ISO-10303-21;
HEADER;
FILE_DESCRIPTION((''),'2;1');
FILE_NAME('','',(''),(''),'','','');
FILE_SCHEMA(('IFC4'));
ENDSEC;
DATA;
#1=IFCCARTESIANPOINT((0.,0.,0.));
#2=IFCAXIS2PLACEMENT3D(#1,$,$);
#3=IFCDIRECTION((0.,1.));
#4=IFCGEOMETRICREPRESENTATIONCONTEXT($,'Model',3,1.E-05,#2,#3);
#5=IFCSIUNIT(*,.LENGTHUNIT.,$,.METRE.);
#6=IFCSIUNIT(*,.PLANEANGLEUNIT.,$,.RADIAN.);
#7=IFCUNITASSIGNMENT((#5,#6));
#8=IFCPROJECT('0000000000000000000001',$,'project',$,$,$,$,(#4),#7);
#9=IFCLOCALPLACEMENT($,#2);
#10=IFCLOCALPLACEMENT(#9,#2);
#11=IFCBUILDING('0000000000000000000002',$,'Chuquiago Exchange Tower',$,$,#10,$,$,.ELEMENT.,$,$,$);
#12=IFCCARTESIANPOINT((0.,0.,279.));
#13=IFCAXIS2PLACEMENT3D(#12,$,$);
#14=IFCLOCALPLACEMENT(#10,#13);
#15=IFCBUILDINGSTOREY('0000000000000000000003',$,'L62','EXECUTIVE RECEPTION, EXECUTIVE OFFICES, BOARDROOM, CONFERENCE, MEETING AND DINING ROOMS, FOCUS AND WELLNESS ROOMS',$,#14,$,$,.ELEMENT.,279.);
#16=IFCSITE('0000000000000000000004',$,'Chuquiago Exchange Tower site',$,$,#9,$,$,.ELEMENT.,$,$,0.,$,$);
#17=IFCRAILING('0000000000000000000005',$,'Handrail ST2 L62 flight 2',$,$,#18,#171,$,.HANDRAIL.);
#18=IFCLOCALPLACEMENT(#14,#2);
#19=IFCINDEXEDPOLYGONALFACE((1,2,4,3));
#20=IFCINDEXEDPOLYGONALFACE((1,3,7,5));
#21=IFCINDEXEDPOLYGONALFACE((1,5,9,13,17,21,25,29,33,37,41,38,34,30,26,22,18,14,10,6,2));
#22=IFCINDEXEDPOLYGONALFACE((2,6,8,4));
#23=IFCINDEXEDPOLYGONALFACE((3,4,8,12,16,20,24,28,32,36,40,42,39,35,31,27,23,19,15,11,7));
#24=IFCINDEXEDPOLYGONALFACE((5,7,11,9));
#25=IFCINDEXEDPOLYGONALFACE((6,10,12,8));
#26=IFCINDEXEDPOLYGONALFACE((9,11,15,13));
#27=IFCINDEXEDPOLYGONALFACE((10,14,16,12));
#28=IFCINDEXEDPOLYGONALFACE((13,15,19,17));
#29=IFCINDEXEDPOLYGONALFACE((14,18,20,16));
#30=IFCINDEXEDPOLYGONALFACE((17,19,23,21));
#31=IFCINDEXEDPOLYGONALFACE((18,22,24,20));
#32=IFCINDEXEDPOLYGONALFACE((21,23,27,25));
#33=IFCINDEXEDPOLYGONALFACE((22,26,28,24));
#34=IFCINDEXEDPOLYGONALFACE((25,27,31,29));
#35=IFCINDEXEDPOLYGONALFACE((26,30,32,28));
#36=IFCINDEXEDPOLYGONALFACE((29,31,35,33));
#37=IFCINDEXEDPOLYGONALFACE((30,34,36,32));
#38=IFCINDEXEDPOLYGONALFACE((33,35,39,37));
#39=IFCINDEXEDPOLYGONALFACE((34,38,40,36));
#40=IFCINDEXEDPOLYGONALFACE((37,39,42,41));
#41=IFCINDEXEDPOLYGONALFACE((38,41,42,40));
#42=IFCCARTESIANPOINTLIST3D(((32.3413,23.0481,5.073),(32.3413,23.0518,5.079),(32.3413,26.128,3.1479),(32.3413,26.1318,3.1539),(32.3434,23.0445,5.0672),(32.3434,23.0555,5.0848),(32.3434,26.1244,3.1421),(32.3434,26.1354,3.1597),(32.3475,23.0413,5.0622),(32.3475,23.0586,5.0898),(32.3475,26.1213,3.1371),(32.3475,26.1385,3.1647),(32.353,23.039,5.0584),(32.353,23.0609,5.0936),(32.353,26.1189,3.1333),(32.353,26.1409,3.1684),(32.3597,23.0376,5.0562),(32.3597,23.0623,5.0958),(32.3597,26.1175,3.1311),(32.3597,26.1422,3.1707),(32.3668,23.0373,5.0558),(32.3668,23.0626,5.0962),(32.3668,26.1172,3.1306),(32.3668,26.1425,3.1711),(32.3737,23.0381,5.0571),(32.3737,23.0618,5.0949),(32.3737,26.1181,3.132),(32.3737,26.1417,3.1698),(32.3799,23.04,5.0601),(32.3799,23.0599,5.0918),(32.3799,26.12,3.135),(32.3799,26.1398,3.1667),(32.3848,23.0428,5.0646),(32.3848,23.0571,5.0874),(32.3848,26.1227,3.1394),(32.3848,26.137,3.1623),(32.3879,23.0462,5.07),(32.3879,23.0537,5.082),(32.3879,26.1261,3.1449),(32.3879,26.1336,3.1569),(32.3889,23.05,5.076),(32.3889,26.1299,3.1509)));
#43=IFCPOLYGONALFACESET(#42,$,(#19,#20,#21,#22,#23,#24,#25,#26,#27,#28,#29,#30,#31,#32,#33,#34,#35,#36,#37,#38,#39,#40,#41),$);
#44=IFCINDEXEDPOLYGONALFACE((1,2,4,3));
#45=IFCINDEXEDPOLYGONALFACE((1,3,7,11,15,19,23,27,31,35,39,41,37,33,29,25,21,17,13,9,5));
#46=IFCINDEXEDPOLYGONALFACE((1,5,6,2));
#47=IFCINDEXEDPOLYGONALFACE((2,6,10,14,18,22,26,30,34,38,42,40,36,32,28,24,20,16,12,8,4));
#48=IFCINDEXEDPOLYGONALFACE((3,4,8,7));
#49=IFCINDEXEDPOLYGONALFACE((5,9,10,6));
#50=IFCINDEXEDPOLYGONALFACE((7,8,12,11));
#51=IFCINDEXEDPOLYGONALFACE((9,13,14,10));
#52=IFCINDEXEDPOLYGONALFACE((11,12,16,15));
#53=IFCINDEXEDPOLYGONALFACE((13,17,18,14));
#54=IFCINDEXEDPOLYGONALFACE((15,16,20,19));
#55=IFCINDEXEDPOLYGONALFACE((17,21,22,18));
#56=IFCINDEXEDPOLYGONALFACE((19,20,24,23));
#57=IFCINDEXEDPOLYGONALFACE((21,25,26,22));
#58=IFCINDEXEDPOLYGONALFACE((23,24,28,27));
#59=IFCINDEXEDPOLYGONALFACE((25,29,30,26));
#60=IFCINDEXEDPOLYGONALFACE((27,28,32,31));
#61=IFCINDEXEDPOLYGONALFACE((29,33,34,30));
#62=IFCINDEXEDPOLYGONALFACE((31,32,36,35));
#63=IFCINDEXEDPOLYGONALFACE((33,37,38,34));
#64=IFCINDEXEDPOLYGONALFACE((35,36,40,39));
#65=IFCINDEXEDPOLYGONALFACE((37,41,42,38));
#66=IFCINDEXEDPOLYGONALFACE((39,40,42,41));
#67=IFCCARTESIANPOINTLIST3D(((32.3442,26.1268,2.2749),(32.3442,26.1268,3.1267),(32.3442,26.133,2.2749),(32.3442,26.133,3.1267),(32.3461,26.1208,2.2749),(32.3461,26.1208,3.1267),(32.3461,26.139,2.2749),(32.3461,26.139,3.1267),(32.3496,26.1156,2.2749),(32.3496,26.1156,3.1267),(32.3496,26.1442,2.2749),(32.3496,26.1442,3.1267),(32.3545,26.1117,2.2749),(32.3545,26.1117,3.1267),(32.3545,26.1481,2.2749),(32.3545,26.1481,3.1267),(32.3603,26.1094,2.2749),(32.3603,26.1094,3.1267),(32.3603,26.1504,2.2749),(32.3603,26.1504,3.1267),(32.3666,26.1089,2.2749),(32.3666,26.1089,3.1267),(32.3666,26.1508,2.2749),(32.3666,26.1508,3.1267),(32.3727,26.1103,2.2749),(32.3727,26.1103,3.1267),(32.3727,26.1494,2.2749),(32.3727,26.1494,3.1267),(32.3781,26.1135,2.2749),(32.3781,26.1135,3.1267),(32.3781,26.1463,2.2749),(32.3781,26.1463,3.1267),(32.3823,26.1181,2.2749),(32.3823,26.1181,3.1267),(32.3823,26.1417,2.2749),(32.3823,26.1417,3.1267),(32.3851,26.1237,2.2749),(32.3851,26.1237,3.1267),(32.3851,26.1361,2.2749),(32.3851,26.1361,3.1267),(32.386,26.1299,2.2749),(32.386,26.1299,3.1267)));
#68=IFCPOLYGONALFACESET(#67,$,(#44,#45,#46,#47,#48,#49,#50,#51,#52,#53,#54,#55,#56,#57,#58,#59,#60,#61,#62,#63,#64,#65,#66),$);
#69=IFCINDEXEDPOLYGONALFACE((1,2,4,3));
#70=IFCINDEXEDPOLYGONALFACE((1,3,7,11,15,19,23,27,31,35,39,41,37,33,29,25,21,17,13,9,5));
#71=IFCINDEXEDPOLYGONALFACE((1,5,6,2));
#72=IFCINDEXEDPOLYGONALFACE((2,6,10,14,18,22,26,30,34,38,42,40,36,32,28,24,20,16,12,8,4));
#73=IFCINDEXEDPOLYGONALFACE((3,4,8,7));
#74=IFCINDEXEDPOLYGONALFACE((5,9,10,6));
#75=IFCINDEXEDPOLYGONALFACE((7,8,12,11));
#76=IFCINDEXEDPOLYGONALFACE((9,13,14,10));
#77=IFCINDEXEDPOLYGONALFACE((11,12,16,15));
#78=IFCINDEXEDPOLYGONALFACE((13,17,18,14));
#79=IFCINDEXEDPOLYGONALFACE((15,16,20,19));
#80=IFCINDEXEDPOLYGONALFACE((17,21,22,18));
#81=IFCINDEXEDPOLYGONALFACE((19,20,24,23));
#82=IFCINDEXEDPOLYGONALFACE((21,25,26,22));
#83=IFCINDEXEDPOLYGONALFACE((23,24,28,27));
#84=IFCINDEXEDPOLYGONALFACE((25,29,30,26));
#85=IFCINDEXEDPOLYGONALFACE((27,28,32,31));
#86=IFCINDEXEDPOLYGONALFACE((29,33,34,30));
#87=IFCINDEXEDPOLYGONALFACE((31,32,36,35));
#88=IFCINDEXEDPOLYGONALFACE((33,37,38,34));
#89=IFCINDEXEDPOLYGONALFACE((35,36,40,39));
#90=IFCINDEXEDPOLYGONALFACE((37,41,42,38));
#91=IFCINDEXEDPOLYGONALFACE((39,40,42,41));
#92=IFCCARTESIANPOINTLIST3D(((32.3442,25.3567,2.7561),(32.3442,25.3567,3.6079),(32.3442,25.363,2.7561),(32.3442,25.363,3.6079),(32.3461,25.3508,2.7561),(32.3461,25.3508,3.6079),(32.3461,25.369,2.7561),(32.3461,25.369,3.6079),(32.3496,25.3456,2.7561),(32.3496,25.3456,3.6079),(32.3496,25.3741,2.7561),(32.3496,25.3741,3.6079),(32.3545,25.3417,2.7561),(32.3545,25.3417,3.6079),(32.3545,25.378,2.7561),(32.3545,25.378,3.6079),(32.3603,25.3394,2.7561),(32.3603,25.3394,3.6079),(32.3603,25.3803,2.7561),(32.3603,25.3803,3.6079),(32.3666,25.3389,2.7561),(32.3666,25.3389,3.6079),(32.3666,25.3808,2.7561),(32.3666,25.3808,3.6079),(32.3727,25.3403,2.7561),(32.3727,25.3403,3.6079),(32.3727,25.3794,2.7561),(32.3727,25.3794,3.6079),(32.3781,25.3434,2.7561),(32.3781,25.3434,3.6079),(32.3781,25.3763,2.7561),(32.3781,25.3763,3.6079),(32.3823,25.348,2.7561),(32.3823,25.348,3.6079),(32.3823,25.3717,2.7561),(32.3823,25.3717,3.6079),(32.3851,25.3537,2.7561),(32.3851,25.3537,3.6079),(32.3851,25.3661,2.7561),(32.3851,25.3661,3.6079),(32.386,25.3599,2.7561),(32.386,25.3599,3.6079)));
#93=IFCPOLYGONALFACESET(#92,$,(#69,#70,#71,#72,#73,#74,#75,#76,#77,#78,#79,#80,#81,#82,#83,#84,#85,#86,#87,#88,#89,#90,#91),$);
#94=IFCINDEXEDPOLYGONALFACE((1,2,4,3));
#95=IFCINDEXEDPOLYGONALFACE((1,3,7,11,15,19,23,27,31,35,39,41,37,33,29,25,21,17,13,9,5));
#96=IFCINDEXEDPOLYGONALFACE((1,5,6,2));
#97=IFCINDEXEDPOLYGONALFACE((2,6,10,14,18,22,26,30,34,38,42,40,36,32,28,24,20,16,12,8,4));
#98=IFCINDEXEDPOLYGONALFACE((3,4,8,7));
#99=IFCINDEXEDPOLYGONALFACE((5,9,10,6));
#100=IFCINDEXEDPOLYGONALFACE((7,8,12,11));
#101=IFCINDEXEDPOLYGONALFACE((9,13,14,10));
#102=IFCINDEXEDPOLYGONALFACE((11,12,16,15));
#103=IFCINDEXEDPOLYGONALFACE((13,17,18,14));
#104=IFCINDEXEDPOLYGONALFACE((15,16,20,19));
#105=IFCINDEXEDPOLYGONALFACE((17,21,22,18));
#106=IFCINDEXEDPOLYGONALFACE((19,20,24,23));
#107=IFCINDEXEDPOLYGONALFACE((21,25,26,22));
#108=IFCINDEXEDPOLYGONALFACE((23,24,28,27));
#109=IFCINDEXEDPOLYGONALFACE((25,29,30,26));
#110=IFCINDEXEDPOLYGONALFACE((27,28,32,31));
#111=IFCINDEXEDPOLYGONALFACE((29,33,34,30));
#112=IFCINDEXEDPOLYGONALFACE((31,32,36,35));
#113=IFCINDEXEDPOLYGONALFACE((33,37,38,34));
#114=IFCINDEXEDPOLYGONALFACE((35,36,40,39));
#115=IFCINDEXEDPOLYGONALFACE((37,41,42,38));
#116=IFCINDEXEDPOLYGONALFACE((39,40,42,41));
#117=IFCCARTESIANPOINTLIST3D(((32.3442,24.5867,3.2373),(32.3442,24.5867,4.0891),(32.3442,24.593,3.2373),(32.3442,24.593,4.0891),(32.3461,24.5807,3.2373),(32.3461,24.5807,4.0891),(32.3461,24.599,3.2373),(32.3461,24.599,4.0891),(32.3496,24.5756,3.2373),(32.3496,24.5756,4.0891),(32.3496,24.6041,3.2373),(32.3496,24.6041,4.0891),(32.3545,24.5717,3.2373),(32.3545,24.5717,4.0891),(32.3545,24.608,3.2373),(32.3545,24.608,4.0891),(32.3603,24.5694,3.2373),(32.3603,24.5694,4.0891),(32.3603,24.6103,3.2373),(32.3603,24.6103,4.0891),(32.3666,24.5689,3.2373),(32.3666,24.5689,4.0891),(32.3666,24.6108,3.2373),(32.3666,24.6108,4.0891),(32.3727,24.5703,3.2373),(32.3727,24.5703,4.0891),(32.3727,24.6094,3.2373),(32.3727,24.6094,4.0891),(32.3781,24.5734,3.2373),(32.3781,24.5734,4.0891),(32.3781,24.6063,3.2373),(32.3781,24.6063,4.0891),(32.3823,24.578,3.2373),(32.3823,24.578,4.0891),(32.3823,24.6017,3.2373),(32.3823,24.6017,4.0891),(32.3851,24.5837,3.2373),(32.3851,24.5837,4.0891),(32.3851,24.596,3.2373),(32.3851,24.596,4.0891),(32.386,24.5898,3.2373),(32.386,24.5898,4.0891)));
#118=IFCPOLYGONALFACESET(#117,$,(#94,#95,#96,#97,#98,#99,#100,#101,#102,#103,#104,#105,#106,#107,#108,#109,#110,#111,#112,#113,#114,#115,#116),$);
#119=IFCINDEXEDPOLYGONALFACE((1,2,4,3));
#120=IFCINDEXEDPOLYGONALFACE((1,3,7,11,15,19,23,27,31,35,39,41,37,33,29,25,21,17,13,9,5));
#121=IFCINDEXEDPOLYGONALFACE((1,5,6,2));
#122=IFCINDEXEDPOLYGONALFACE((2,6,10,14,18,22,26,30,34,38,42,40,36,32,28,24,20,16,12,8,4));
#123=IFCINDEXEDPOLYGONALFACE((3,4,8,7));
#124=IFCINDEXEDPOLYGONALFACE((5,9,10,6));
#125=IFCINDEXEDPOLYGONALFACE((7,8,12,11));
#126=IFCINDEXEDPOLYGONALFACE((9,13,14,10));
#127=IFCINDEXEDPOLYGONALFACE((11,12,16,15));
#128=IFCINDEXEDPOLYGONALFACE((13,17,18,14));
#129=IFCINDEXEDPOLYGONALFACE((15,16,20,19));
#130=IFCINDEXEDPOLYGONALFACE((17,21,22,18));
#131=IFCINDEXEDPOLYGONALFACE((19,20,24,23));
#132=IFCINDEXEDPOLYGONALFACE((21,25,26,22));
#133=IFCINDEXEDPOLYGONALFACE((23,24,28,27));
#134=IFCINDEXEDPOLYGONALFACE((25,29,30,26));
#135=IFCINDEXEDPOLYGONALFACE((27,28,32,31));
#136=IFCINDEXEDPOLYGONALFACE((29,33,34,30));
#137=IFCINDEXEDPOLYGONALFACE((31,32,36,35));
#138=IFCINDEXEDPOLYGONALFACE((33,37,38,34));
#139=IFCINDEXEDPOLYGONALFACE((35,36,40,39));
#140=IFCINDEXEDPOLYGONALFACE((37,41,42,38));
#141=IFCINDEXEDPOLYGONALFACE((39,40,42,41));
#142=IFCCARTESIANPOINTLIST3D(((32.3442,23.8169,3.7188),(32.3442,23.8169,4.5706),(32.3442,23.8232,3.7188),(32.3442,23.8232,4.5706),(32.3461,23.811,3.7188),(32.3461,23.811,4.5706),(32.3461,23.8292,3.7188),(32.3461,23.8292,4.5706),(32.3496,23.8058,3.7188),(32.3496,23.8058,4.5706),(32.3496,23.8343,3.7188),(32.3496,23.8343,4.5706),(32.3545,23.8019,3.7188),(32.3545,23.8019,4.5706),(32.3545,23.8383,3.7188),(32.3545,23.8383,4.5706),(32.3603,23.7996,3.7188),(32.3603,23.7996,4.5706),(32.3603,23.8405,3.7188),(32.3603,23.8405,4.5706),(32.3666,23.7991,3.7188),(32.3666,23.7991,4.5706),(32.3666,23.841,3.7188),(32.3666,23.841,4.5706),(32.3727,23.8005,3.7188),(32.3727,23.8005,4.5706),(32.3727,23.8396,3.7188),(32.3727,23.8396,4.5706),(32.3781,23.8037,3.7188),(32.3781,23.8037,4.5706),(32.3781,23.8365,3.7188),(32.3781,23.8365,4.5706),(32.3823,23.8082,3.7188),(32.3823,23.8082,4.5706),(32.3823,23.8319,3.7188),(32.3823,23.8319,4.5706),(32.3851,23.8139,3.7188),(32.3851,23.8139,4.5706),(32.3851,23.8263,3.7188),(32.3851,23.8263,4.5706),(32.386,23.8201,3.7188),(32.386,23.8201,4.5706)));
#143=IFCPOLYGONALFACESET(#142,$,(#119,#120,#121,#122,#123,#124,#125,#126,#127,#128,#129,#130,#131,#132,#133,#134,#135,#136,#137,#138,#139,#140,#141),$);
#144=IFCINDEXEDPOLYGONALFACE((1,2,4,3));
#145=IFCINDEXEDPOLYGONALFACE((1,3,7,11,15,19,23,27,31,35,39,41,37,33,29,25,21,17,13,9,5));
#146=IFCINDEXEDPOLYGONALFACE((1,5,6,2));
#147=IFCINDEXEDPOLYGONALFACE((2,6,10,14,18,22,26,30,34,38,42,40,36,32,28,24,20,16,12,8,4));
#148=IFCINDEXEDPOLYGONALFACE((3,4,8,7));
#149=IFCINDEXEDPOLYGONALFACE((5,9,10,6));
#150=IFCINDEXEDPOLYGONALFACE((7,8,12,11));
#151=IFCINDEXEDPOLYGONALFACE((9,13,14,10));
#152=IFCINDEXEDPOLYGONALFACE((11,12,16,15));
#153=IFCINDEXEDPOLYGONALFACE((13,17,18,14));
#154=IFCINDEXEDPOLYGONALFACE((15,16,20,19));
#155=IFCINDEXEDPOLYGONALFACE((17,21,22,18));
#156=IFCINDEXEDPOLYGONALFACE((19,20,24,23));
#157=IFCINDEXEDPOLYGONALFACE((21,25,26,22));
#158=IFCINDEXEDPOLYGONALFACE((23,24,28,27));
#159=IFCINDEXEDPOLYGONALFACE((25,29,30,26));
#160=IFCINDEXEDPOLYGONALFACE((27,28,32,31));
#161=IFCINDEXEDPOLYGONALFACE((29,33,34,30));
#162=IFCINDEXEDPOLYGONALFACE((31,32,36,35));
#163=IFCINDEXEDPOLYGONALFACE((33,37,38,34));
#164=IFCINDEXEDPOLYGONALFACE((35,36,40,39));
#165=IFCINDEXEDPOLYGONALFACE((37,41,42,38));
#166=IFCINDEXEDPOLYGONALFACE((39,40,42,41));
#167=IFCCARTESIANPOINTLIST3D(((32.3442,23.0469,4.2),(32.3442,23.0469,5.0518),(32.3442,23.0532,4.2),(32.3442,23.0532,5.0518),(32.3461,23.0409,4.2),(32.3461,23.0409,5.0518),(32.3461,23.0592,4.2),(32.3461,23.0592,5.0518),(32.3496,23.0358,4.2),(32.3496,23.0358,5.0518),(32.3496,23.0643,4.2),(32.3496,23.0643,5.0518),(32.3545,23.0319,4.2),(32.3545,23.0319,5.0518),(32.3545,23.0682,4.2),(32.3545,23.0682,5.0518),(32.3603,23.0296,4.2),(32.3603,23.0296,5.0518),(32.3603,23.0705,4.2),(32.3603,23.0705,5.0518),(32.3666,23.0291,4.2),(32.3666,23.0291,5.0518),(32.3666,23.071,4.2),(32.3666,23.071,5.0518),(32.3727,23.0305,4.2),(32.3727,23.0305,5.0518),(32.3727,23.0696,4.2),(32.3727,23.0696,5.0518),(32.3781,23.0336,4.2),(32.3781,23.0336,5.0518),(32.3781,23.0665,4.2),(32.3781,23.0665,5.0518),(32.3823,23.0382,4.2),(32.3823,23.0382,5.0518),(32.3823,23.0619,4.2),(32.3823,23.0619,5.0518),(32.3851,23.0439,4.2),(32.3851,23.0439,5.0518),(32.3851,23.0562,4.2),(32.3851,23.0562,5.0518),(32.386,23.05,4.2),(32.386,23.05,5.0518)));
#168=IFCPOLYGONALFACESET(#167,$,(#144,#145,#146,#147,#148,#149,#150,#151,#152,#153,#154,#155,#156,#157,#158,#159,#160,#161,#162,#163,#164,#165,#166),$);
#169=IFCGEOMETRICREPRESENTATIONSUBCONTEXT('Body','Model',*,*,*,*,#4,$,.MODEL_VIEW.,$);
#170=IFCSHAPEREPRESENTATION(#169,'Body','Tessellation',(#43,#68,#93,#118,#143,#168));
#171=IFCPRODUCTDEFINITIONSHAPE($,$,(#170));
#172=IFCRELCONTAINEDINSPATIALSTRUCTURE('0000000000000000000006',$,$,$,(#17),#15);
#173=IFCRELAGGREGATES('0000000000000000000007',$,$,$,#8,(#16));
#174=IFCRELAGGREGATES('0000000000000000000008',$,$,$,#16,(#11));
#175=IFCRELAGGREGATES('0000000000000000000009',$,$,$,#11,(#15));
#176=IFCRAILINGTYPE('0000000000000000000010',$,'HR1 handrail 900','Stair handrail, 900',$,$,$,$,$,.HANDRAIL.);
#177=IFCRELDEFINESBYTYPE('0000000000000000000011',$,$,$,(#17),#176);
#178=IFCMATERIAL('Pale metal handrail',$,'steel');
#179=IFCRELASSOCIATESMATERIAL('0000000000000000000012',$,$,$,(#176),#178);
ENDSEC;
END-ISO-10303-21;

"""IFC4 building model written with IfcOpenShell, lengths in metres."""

from ifc_helpers import new_model, si_unit, direction, frame, origin, origin_2d, place, context, subcontext, project, spatial, circle, extrude, material, type_object, element, save


model = new_model("IFC4")

# Units and contexts
model_context = context("Model", 3, precision=1e-05, world=origin(), true_north=direction((0.0, 1.0)))
body_context = subcontext(model_context, "Body", "Model", "MODEL_VIEW")
ifc_project = project(units=[si_unit("LENGTHUNIT", "METRE"), si_unit("PLANEANGLEUNIT", "RADIAN")], contexts=[model_context])

# Site, building, storey
site_placement = place(None, origin())
site = spatial("IfcSite", under=ifc_project, at=site_placement, Name="Chuquiago Exchange Tower site", CompositionType="ELEMENT", RefElevation=0.0)
building_placement = place(site_placement, origin())
building = spatial("IfcBuilding", under=site, at=building_placement, Name="Chuquiago Exchange Tower", CompositionType="ELEMENT")
storey_placement = place(building_placement, frame((0.0, 0.0, 279.0)))
storey = spatial("IfcBuildingStorey", under=building, at=storey_placement, Name="L62", Description="EXECUTIVE RECEPTION, EXECUTIVE OFFICES, BOARDROOM, CONFERENCE, MEETING AND DINING ROOMS, FOCUS AND WELLNESS ROOMS", CompositionType="ELEMENT", Elevation=279.0)

# Railing
ifc_material_1 = material(Name="Pale metal handrail", Category="steel")
railing_type_1 = type_object("IfcRailingType", Name="HR1 handrail 900", Description="Stair handrail, 900", PredefinedType="HANDRAIL", material=ifc_material_1)
for number, where, name in (
    (1, (32.365, 26.1299, 2.2749), "Handrail ST2 L62 flight 2"),
):
    element("IfcRailing", number, at=place(storey_placement, frame(where)), inside=storey, type_object=railing_type_1, Name=name, PredefinedType="HANDRAIL", context=body_context, shape_type="SweptSolid", body=[
        extrude(circle(Radius=0.0239, at=origin_2d()), frame((0.0, 0.0, 0.876), z_axis=(0.0, -0.847979, 0.530029), x_axis=(1.0, 0.0, 0.0)), (0.0, 0.0, 1.0), 3.6321),
        extrude(circle(Radius=0.021, at=origin_2d()), origin(), (0.0, 0.0, 1.0), 0.8518),
        extrude(circle(Radius=0.021, at=origin_2d()), frame((0.0, -0.77, 0.4812)), (0.0, 0.0, 1.0), 0.8518),
        extrude(circle(Radius=0.021, at=origin_2d()), frame((0.0, -1.54, 0.9624)), (0.0, 0.0, 1.0), 0.8518),
        extrude(circle(Radius=0.021, at=origin_2d()), frame((0.0, -2.3098, 1.4438)), (0.0, 0.0, 1.0), 0.8518),
        extrude(circle(Radius=0.021, at=origin_2d()), frame((0.0, -3.0798, 1.925)), (0.0, 0.0, 1.0), 0.8518),
    ])

save(model, "model.ifc")
